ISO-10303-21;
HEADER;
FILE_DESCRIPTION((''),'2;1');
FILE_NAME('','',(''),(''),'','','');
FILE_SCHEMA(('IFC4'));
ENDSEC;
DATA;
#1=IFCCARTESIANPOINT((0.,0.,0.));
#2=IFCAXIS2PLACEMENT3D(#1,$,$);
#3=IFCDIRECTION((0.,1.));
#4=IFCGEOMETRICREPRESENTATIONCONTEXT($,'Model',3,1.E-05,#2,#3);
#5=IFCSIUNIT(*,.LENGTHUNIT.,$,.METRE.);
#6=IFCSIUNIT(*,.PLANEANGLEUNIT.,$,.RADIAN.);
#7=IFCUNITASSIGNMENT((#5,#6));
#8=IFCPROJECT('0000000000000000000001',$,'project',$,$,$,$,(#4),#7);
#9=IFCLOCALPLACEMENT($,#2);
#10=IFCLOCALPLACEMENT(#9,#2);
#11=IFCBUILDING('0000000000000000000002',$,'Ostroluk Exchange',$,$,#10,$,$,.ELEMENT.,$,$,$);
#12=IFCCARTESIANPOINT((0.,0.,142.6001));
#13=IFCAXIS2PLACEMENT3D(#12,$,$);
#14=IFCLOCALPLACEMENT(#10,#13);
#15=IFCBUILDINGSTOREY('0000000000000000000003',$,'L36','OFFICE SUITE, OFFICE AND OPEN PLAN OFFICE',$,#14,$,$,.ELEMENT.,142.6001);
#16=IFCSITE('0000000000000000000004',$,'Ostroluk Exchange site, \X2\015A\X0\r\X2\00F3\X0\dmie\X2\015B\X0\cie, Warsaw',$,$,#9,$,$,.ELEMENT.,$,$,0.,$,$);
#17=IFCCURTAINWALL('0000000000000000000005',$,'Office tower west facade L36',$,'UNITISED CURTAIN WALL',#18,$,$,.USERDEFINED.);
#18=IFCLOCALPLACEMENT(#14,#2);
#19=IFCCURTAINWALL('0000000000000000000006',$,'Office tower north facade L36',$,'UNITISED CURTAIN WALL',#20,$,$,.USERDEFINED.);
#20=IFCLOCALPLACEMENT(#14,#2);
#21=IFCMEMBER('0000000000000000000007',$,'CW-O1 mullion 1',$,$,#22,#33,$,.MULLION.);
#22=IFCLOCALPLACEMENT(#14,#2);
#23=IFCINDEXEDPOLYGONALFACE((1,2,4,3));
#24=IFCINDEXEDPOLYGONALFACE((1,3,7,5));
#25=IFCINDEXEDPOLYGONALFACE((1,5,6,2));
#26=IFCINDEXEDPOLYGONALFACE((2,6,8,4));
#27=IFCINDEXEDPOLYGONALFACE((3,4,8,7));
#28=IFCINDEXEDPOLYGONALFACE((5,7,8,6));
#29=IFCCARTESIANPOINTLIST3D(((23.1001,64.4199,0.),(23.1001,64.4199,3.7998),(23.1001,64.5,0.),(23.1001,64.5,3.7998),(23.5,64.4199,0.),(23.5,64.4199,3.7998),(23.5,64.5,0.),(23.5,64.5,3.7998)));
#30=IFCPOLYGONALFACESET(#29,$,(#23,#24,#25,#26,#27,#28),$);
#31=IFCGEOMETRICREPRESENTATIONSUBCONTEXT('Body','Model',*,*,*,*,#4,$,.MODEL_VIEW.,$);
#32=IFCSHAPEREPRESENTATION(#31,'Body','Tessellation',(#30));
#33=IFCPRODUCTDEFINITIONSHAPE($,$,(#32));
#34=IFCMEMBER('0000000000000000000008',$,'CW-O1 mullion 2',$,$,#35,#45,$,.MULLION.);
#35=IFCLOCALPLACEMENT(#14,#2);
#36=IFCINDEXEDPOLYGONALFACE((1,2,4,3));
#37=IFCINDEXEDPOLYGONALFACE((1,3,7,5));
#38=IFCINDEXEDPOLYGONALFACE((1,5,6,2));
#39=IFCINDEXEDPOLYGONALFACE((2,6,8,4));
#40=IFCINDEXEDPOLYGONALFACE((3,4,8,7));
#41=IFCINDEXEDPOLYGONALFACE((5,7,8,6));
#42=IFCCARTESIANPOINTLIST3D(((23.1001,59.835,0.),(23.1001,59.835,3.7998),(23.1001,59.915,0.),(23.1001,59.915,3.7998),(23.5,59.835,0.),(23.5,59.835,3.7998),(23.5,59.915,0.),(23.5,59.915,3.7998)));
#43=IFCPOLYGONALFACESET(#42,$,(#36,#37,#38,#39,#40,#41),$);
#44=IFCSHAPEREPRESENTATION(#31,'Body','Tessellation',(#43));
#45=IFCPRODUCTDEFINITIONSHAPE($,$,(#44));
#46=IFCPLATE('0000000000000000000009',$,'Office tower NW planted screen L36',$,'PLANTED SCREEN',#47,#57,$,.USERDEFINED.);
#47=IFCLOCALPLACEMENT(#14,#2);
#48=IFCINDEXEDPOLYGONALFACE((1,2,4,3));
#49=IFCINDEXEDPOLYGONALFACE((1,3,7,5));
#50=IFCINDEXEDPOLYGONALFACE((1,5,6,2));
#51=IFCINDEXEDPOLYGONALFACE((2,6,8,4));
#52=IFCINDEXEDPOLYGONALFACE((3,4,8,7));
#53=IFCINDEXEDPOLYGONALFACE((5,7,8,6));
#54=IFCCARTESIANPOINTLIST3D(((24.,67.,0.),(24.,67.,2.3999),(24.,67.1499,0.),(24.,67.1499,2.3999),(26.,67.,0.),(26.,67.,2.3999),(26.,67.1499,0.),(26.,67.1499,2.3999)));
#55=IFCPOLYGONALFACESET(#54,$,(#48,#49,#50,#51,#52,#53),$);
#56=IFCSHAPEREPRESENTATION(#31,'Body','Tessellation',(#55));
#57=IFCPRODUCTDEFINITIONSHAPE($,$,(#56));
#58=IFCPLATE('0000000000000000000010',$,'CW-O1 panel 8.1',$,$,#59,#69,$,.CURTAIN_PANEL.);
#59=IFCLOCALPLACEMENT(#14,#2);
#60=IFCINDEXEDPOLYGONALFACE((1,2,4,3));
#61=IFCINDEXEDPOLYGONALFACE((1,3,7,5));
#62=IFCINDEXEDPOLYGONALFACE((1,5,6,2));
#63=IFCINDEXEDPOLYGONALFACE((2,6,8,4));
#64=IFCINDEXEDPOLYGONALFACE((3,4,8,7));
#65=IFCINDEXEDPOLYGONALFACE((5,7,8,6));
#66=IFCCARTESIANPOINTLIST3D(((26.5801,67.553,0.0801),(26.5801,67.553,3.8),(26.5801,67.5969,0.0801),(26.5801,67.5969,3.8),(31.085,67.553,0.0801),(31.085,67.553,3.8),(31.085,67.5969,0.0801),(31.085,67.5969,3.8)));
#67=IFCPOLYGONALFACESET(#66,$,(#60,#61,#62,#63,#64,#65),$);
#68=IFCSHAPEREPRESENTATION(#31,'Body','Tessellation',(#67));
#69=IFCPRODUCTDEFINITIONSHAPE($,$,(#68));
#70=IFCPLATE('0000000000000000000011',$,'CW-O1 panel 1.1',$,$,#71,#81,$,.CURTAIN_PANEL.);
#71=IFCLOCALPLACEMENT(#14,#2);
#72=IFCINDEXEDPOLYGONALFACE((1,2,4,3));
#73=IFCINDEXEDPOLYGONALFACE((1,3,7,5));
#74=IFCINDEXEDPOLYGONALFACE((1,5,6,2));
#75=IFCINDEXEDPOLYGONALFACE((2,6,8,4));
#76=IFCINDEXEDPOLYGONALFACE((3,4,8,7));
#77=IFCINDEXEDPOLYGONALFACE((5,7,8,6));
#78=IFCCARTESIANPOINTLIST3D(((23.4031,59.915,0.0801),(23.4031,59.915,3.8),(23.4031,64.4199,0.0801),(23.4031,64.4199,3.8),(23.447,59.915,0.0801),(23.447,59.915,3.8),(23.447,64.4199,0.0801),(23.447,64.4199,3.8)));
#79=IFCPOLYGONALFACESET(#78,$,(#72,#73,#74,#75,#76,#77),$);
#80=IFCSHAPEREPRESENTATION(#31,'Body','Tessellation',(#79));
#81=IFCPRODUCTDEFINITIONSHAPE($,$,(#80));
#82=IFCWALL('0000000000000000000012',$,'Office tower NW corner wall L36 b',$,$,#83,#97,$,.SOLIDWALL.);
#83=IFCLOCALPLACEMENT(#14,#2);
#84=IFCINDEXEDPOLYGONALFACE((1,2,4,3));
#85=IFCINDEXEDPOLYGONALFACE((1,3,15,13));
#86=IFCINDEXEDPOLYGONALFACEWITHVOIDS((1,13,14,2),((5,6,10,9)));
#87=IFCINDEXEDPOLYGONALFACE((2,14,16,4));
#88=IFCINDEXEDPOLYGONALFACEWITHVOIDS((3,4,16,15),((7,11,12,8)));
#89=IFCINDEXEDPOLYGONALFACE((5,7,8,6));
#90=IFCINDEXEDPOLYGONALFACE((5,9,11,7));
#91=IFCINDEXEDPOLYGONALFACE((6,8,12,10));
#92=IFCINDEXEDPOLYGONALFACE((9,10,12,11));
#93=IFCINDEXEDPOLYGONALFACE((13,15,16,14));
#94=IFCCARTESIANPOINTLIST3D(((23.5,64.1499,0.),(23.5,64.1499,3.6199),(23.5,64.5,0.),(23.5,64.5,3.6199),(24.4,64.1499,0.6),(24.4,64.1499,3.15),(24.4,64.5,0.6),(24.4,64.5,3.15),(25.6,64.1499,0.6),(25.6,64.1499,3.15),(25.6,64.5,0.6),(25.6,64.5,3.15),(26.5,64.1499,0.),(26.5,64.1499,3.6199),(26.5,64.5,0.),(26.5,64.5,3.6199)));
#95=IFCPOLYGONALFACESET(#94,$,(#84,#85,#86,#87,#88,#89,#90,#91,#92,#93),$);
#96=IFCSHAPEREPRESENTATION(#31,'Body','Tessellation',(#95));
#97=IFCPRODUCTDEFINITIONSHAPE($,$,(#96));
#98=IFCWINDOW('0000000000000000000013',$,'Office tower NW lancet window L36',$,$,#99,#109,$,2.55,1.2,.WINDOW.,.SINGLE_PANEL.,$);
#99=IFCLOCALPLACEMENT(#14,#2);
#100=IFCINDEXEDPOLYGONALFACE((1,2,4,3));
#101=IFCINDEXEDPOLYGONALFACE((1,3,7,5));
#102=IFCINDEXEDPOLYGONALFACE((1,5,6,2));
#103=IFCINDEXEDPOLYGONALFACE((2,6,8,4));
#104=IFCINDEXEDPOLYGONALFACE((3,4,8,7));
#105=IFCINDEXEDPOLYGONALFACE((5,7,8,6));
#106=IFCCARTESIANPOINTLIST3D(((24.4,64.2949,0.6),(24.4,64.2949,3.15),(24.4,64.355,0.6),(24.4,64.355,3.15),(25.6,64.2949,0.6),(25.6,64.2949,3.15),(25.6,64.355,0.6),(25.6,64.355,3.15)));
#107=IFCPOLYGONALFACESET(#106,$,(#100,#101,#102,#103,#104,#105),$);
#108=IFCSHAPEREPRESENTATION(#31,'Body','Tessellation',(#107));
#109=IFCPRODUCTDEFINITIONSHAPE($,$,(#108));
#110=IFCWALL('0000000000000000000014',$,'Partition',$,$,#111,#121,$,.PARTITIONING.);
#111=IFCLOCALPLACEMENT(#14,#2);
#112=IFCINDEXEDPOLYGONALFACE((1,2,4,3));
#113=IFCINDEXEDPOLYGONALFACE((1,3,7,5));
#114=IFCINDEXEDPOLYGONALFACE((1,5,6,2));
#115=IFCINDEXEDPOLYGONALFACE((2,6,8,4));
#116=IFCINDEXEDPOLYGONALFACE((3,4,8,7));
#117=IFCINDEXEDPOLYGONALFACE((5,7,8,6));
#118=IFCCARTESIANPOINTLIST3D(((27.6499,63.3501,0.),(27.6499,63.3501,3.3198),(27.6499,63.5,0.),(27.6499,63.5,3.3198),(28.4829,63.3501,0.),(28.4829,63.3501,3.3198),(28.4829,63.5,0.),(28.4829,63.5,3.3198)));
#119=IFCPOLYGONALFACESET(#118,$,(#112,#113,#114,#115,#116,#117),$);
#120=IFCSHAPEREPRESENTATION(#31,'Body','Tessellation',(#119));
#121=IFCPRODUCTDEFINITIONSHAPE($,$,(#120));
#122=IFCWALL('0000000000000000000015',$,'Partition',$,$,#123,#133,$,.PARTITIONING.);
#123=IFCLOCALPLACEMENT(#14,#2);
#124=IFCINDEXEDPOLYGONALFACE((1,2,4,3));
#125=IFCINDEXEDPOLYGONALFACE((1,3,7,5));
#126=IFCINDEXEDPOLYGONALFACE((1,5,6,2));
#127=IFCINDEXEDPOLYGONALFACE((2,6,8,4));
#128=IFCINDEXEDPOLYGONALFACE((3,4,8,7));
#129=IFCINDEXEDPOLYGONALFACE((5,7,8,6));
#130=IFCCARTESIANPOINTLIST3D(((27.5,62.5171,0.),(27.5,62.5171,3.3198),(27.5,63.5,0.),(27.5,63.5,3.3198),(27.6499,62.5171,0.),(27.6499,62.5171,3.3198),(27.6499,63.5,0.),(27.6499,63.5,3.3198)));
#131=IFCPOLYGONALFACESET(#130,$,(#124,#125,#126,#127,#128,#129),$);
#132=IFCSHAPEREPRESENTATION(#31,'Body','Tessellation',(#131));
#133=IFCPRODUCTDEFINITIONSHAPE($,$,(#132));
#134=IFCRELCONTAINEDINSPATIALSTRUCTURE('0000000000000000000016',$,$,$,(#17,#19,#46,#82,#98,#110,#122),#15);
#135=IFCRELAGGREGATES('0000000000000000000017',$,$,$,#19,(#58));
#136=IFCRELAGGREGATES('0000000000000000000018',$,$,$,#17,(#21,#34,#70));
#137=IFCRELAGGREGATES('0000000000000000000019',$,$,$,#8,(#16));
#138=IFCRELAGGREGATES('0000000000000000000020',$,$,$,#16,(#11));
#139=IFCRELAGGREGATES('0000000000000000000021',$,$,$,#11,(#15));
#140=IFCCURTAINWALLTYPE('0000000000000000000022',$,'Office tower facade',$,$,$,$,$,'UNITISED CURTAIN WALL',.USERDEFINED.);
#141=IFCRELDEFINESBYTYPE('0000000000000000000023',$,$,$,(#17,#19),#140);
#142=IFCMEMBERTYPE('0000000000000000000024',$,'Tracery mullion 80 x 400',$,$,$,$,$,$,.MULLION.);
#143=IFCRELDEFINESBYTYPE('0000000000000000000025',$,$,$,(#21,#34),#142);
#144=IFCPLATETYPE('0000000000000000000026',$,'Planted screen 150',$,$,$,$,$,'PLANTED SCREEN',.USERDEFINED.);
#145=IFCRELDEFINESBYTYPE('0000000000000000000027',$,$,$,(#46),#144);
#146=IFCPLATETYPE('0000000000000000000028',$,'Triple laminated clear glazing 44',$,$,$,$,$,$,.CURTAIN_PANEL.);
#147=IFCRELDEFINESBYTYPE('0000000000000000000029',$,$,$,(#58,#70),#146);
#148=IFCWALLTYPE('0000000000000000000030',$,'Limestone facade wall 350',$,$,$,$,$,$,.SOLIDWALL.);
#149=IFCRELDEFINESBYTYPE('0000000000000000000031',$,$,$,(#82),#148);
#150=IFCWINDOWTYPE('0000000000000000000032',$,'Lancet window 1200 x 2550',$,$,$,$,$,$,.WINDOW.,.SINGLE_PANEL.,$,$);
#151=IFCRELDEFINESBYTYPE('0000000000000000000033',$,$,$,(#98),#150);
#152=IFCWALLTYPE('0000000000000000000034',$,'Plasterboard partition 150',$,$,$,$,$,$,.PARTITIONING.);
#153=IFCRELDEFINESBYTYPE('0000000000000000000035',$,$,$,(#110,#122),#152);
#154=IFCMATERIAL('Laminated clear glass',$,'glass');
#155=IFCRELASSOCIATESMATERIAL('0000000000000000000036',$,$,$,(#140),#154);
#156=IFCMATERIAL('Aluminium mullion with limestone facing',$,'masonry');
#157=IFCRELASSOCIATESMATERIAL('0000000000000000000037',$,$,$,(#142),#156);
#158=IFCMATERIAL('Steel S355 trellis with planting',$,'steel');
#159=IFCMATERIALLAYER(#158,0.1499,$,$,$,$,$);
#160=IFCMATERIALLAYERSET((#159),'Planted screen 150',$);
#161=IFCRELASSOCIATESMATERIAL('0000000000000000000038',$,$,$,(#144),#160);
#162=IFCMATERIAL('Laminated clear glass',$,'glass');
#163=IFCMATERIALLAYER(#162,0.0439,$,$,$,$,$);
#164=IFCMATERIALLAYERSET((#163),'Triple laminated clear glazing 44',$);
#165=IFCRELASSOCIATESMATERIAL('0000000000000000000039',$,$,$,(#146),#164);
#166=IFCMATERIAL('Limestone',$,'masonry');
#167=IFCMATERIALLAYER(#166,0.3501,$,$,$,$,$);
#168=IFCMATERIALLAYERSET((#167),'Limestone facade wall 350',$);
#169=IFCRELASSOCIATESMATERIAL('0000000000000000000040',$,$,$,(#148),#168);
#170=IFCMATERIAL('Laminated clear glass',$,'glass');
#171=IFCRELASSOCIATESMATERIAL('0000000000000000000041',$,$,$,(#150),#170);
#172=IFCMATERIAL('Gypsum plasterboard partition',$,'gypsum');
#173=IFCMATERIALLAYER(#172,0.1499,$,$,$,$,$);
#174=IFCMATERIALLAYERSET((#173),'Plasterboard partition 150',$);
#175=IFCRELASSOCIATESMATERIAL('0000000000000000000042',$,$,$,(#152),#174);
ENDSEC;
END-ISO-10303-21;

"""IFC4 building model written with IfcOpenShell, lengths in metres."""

from ifc_helpers import new_model, si_unit, direction, frame, frame_2d, origin, origin_2d, place, context, subcontext, project, spatial, rectangle, extrude, material, layer, layer_set, material_profile, profile_set, type_object, element, fill, aggregate, save


model = new_model("IFC4")

# Units and contexts
model_context = context("Model", 3, precision=1e-05, world=origin(), true_north=direction((0.0, 1.0)))
body_context = subcontext(model_context, "Body", "Model", "MODEL_VIEW")
ifc_project = project(units=[si_unit("LENGTHUNIT", "METRE"), si_unit("PLANEANGLEUNIT", "RADIAN")], contexts=[model_context])

# Site, building, storey
site_placement = place(None, origin())
site = spatial("IfcSite", under=ifc_project, at=site_placement, Name="Ostroluk Exchange site, Śródmieście, Warsaw", CompositionType="ELEMENT", RefElevation=0.0)
building_placement = place(site_placement, origin())
building = spatial("IfcBuilding", under=site, at=building_placement, Name="Ostroluk Exchange", CompositionType="ELEMENT")
storey_placement = place(building_placement, frame((0.0, 0.0, 142.6001)))
storey = spatial("IfcBuildingStorey", under=building, at=storey_placement, Name="L36", Description="OFFICE SUITE, OFFICE AND OPEN PLAN OFFICE", CompositionType="ELEMENT", Elevation=142.6001)

# Curtain wall
ifc_material_1 = material(Name="Laminated clear glass", Category="glass")
curtain_wall_type = type_object("IfcCurtainWallType", Name="Office tower facade", ElementType="UNITISED CURTAIN WALL", PredefinedType="USERDEFINED", material=ifc_material_1)
curtain_wall_1_placement = place(storey_placement, origin())
curtain_wall_1 = element("IfcCurtainWall", 1, at=curtain_wall_1_placement, inside=storey, type_object=curtain_wall_type, Name="Office tower west facade L36", ObjectType="UNITISED CURTAIN WALL", PredefinedType="USERDEFINED")

# Curtain wall
curtain_wall_2_placement = place(storey_placement, origin())
curtain_wall_2 = element("IfcCurtainWall", 2, at=curtain_wall_2_placement, inside=storey, type_object=curtain_wall_type, Name="Office tower north facade L36", ObjectType="UNITISED CURTAIN WALL", PredefinedType="USERDEFINED")
ifc_material_2 = material(Name="Aluminium mullion with limestone facing", Category="masonry")
ifc_material_profile_1 = material_profile(ifc_material_2, rectangle(XDim=0.3999, YDim=0.0801, at=origin_2d()), Name="Tracery mullion 80 x 400")
ifc_profile_set_1 = profile_set([ifc_material_profile_1], Name="Aluminium mullion with limestone facing")
member_type_1 = type_object("IfcMemberType", Name="Tracery mullion 80 x 400", PredefinedType="MULLION", material=ifc_profile_set_1)

# Members
member_1_placement = place(storey_placement, frame((23.3, 64.46, 0.0), z_axis=(0.0, 0.0, 1.0), x_axis=(1.0, 0.0, 0.0)))
member_1 = element("IfcMember", 3, at=member_1_placement, type_object=member_type_1, Name="CW-O1 mullion 1", PredefinedType="MULLION", context=body_context, shape_type="SweptSolid", body=[
    extrude(rectangle(XDim=0.3999, YDim=0.0801, at=origin_2d()), origin(), (0.0, 0.0, 1.0), 3.7998),
])
member_2_placement = place(storey_placement, frame((23.3, 59.875, 0.0), z_axis=(0.0, 0.0, 1.0), x_axis=(1.0, 0.0, 0.0)))
member_2 = element("IfcMember", 4, at=member_2_placement, type_object=member_type_1, Name="CW-O1 mullion 2", PredefinedType="MULLION", context=body_context, shape_type="SweptSolid", body=[
    extrude(rectangle(XDim=0.3999, YDim=0.0801, at=origin_2d()), origin(), (0.0, 0.0, 1.0), 3.7998),
])

# Plates
ifc_material_3 = material(Name="Steel S355 trellis with planting", Category="steel")
ifc_layer_1 = layer(ifc_material_3, 0.1499)
ifc_layer_set_1 = layer_set([ifc_layer_1], Name="Planted screen 150")
plate_type_1 = type_object("IfcPlateType", Name="Planted screen 150", ElementType="PLANTED SCREEN", PredefinedType="USERDEFINED", material=ifc_layer_set_1)
plate_1_placement = place(storey_placement, frame((25.0, 67.075, 0.0), z_axis=(0.0, 0.0, 1.0), x_axis=(1.0, 0.0, 0.0)))
element("IfcPlate", 5, at=plate_1_placement, inside=storey, type_object=plate_type_1, Name="Office tower NW planted screen L36", ObjectType="PLANTED SCREEN", PredefinedType="USERDEFINED", context=body_context, shape_type="SweptSolid", body=[
    extrude(rectangle(XDim=2.0, YDim=0.1499, at=origin_2d()), origin(), (0.0, 0.0, 1.0), 2.3999),
])
ifc_material_4 = material(Name="Laminated clear glass", Category="glass")
ifc_layer_2 = layer(ifc_material_4, 0.0439)
ifc_layer_set_2 = layer_set([ifc_layer_2], Name="Triple laminated clear glazing 44")
plate_type_2 = type_object("IfcPlateType", Name="Triple laminated clear glazing 44", PredefinedType="CURTAIN_PANEL", material=ifc_layer_set_2)
plate_2_placement = place(storey_placement, frame((28.8325, 67.575, 0.0801), z_axis=(0.0, 0.0, 1.0), x_axis=(-1.0, 0.0, 0.0)))
plate_2 = element("IfcPlate", 6, at=plate_2_placement, type_object=plate_type_2, Name="CW-O1 panel 8.1", PredefinedType="CURTAIN_PANEL", context=body_context, shape_type="SweptSolid", body=[
    extrude(rectangle(XDim=4.5049, YDim=0.0439, at=origin_2d()), origin(), (0.0, 0.0, 1.0), 3.72),
])
aggregate(curtain_wall_2, [plate_2])
plate_3_placement = place(storey_placement, frame((23.425, 62.1675, 0.0801), z_axis=(0.0, 0.0, 1.0), x_axis=(0.0, -1.0, 0.0)))
plate_3 = element("IfcPlate", 7, at=plate_3_placement, type_object=plate_type_2, Name="CW-O1 panel 1.1", PredefinedType="CURTAIN_PANEL", context=body_context, shape_type="SweptSolid", body=[
    extrude(rectangle(XDim=4.5049, YDim=0.0439, at=origin_2d()), origin(), (0.0, 0.0, 1.0), 3.72),
])
aggregate(curtain_wall_1, [member_1, member_2, plate_3])

# Shared definitions
ifc_material_5 = material(Name="Limestone", Category="masonry")
ifc_layer_3 = layer(ifc_material_5, 0.3501)
ifc_layer_set_3 = layer_set([ifc_layer_3], Name="Limestone facade wall 350")
wall_type_1 = type_object("IfcWallType", Name="Limestone facade wall 350", PredefinedType="SOLIDWALL", material=ifc_layer_set_3)

# Wall, opening, window
wall_1_placement = place(storey_placement, frame((26.5, 64.325, 0.0), z_axis=(0.0, 0.0, 1.0), x_axis=(-1.0, 0.0, 0.0)))
wall_1 = element("IfcWall", 8, at=wall_1_placement, inside=storey, type_object=wall_type_1, Name="Office tower NW corner wall L36 b", PredefinedType="SOLIDWALL", context=body_context, shape_type="SweptSolid", body=[
    extrude(rectangle(XDim=3.0, YDim=0.3501, at=frame_2d((1.5, 0.0))), origin(), (0.0, 0.0, 1.0), 3.6199),
])
opening_1_placement = place(wall_1_placement, frame((0.8999, 0.0, 0.6001)))
opening_1 = element("IfcOpeningElement", 9, at=opening_1_placement, cuts=wall_1, PredefinedType="OPENING", context=body_context, shape_type="SweptSolid", body=[
    extrude(rectangle(XDim=1.2, YDim=2.55, at=frame_2d((0.6001, 1.2749))), frame((0.0, 0.1851, 0.0), z_axis=(0.0, -1.0, 0.0), x_axis=(1.0, 0.0, 0.0)), (0.0, 0.0, 1.0), 0.3701),
])
ifc_material_6 = material(Name="Laminated clear glass", Category="glass")
window_type = type_object("IfcWindowType", Name="Lancet window 1200 x 2550", PartitioningType="SINGLE_PANEL", PredefinedType="WINDOW", material=ifc_material_6)
window_placement = place(opening_1_placement, origin())
window = element("IfcWindow", 10, at=window_placement, inside=storey, type_object=window_type, Name="Office tower NW lancet window L36", OverallHeight=2.55, OverallWidth=1.2, PartitioningType="SINGLE_PANEL", PredefinedType="WINDOW", context=body_context, shape_type="SweptSolid", body=[
    extrude(rectangle(XDim=1.2, YDim=2.55, at=frame_2d((0.6001, 1.2749))), frame((0.0, 0.03, 0.0), z_axis=(0.0, -1.0, 0.0), x_axis=(1.0, 0.0, 0.0)), (0.0, 0.0, 1.0), 0.0601),
])
fill(opening_1, window)

# Walls
ifc_material_7 = material(Name="Gypsum plasterboard partition", Category="gypsum")
ifc_layer_4 = layer(ifc_material_7, 0.1499)
ifc_layer_set_4 = layer_set([ifc_layer_4], Name="Plasterboard partition 150")
wall_type_2 = type_object("IfcWallType", Name="Plasterboard partition 150", PredefinedType="PARTITIONING", material=ifc_layer_set_4)
wall_2_placement = place(storey_placement, frame((28.4829, 63.425, 0.0), z_axis=(0.0, 0.0, 1.0), x_axis=(-1.0, 0.0, 0.0)))
element("IfcWall", 11, at=wall_2_placement, inside=storey, type_object=wall_type_2, Name="Partition", PredefinedType="PARTITIONING", context=body_context, shape_type="SweptSolid", body=[
    extrude(rectangle(XDim=0.833, YDim=0.1499, at=frame_2d((0.4165, 0.0))), origin(), (0.0, 0.0, 1.0), 3.3198),
])
wall_3_placement = place(storey_placement, frame((27.575, 63.5, 0.0), z_axis=(0.0, 0.0, 1.0), x_axis=(0.0, -1.0, 0.0)))
element("IfcWall", 12, at=wall_3_placement, inside=storey, type_object=wall_type_2, Name="Partition", PredefinedType="PARTITIONING", context=body_context, shape_type="SweptSolid", body=[
    extrude(rectangle(XDim=0.9829, YDim=0.1499, at=frame_2d((0.4915, 0.0))), origin(), (0.0, 0.0, 1.0), 3.3198),
])

save(model, "model.ifc")
